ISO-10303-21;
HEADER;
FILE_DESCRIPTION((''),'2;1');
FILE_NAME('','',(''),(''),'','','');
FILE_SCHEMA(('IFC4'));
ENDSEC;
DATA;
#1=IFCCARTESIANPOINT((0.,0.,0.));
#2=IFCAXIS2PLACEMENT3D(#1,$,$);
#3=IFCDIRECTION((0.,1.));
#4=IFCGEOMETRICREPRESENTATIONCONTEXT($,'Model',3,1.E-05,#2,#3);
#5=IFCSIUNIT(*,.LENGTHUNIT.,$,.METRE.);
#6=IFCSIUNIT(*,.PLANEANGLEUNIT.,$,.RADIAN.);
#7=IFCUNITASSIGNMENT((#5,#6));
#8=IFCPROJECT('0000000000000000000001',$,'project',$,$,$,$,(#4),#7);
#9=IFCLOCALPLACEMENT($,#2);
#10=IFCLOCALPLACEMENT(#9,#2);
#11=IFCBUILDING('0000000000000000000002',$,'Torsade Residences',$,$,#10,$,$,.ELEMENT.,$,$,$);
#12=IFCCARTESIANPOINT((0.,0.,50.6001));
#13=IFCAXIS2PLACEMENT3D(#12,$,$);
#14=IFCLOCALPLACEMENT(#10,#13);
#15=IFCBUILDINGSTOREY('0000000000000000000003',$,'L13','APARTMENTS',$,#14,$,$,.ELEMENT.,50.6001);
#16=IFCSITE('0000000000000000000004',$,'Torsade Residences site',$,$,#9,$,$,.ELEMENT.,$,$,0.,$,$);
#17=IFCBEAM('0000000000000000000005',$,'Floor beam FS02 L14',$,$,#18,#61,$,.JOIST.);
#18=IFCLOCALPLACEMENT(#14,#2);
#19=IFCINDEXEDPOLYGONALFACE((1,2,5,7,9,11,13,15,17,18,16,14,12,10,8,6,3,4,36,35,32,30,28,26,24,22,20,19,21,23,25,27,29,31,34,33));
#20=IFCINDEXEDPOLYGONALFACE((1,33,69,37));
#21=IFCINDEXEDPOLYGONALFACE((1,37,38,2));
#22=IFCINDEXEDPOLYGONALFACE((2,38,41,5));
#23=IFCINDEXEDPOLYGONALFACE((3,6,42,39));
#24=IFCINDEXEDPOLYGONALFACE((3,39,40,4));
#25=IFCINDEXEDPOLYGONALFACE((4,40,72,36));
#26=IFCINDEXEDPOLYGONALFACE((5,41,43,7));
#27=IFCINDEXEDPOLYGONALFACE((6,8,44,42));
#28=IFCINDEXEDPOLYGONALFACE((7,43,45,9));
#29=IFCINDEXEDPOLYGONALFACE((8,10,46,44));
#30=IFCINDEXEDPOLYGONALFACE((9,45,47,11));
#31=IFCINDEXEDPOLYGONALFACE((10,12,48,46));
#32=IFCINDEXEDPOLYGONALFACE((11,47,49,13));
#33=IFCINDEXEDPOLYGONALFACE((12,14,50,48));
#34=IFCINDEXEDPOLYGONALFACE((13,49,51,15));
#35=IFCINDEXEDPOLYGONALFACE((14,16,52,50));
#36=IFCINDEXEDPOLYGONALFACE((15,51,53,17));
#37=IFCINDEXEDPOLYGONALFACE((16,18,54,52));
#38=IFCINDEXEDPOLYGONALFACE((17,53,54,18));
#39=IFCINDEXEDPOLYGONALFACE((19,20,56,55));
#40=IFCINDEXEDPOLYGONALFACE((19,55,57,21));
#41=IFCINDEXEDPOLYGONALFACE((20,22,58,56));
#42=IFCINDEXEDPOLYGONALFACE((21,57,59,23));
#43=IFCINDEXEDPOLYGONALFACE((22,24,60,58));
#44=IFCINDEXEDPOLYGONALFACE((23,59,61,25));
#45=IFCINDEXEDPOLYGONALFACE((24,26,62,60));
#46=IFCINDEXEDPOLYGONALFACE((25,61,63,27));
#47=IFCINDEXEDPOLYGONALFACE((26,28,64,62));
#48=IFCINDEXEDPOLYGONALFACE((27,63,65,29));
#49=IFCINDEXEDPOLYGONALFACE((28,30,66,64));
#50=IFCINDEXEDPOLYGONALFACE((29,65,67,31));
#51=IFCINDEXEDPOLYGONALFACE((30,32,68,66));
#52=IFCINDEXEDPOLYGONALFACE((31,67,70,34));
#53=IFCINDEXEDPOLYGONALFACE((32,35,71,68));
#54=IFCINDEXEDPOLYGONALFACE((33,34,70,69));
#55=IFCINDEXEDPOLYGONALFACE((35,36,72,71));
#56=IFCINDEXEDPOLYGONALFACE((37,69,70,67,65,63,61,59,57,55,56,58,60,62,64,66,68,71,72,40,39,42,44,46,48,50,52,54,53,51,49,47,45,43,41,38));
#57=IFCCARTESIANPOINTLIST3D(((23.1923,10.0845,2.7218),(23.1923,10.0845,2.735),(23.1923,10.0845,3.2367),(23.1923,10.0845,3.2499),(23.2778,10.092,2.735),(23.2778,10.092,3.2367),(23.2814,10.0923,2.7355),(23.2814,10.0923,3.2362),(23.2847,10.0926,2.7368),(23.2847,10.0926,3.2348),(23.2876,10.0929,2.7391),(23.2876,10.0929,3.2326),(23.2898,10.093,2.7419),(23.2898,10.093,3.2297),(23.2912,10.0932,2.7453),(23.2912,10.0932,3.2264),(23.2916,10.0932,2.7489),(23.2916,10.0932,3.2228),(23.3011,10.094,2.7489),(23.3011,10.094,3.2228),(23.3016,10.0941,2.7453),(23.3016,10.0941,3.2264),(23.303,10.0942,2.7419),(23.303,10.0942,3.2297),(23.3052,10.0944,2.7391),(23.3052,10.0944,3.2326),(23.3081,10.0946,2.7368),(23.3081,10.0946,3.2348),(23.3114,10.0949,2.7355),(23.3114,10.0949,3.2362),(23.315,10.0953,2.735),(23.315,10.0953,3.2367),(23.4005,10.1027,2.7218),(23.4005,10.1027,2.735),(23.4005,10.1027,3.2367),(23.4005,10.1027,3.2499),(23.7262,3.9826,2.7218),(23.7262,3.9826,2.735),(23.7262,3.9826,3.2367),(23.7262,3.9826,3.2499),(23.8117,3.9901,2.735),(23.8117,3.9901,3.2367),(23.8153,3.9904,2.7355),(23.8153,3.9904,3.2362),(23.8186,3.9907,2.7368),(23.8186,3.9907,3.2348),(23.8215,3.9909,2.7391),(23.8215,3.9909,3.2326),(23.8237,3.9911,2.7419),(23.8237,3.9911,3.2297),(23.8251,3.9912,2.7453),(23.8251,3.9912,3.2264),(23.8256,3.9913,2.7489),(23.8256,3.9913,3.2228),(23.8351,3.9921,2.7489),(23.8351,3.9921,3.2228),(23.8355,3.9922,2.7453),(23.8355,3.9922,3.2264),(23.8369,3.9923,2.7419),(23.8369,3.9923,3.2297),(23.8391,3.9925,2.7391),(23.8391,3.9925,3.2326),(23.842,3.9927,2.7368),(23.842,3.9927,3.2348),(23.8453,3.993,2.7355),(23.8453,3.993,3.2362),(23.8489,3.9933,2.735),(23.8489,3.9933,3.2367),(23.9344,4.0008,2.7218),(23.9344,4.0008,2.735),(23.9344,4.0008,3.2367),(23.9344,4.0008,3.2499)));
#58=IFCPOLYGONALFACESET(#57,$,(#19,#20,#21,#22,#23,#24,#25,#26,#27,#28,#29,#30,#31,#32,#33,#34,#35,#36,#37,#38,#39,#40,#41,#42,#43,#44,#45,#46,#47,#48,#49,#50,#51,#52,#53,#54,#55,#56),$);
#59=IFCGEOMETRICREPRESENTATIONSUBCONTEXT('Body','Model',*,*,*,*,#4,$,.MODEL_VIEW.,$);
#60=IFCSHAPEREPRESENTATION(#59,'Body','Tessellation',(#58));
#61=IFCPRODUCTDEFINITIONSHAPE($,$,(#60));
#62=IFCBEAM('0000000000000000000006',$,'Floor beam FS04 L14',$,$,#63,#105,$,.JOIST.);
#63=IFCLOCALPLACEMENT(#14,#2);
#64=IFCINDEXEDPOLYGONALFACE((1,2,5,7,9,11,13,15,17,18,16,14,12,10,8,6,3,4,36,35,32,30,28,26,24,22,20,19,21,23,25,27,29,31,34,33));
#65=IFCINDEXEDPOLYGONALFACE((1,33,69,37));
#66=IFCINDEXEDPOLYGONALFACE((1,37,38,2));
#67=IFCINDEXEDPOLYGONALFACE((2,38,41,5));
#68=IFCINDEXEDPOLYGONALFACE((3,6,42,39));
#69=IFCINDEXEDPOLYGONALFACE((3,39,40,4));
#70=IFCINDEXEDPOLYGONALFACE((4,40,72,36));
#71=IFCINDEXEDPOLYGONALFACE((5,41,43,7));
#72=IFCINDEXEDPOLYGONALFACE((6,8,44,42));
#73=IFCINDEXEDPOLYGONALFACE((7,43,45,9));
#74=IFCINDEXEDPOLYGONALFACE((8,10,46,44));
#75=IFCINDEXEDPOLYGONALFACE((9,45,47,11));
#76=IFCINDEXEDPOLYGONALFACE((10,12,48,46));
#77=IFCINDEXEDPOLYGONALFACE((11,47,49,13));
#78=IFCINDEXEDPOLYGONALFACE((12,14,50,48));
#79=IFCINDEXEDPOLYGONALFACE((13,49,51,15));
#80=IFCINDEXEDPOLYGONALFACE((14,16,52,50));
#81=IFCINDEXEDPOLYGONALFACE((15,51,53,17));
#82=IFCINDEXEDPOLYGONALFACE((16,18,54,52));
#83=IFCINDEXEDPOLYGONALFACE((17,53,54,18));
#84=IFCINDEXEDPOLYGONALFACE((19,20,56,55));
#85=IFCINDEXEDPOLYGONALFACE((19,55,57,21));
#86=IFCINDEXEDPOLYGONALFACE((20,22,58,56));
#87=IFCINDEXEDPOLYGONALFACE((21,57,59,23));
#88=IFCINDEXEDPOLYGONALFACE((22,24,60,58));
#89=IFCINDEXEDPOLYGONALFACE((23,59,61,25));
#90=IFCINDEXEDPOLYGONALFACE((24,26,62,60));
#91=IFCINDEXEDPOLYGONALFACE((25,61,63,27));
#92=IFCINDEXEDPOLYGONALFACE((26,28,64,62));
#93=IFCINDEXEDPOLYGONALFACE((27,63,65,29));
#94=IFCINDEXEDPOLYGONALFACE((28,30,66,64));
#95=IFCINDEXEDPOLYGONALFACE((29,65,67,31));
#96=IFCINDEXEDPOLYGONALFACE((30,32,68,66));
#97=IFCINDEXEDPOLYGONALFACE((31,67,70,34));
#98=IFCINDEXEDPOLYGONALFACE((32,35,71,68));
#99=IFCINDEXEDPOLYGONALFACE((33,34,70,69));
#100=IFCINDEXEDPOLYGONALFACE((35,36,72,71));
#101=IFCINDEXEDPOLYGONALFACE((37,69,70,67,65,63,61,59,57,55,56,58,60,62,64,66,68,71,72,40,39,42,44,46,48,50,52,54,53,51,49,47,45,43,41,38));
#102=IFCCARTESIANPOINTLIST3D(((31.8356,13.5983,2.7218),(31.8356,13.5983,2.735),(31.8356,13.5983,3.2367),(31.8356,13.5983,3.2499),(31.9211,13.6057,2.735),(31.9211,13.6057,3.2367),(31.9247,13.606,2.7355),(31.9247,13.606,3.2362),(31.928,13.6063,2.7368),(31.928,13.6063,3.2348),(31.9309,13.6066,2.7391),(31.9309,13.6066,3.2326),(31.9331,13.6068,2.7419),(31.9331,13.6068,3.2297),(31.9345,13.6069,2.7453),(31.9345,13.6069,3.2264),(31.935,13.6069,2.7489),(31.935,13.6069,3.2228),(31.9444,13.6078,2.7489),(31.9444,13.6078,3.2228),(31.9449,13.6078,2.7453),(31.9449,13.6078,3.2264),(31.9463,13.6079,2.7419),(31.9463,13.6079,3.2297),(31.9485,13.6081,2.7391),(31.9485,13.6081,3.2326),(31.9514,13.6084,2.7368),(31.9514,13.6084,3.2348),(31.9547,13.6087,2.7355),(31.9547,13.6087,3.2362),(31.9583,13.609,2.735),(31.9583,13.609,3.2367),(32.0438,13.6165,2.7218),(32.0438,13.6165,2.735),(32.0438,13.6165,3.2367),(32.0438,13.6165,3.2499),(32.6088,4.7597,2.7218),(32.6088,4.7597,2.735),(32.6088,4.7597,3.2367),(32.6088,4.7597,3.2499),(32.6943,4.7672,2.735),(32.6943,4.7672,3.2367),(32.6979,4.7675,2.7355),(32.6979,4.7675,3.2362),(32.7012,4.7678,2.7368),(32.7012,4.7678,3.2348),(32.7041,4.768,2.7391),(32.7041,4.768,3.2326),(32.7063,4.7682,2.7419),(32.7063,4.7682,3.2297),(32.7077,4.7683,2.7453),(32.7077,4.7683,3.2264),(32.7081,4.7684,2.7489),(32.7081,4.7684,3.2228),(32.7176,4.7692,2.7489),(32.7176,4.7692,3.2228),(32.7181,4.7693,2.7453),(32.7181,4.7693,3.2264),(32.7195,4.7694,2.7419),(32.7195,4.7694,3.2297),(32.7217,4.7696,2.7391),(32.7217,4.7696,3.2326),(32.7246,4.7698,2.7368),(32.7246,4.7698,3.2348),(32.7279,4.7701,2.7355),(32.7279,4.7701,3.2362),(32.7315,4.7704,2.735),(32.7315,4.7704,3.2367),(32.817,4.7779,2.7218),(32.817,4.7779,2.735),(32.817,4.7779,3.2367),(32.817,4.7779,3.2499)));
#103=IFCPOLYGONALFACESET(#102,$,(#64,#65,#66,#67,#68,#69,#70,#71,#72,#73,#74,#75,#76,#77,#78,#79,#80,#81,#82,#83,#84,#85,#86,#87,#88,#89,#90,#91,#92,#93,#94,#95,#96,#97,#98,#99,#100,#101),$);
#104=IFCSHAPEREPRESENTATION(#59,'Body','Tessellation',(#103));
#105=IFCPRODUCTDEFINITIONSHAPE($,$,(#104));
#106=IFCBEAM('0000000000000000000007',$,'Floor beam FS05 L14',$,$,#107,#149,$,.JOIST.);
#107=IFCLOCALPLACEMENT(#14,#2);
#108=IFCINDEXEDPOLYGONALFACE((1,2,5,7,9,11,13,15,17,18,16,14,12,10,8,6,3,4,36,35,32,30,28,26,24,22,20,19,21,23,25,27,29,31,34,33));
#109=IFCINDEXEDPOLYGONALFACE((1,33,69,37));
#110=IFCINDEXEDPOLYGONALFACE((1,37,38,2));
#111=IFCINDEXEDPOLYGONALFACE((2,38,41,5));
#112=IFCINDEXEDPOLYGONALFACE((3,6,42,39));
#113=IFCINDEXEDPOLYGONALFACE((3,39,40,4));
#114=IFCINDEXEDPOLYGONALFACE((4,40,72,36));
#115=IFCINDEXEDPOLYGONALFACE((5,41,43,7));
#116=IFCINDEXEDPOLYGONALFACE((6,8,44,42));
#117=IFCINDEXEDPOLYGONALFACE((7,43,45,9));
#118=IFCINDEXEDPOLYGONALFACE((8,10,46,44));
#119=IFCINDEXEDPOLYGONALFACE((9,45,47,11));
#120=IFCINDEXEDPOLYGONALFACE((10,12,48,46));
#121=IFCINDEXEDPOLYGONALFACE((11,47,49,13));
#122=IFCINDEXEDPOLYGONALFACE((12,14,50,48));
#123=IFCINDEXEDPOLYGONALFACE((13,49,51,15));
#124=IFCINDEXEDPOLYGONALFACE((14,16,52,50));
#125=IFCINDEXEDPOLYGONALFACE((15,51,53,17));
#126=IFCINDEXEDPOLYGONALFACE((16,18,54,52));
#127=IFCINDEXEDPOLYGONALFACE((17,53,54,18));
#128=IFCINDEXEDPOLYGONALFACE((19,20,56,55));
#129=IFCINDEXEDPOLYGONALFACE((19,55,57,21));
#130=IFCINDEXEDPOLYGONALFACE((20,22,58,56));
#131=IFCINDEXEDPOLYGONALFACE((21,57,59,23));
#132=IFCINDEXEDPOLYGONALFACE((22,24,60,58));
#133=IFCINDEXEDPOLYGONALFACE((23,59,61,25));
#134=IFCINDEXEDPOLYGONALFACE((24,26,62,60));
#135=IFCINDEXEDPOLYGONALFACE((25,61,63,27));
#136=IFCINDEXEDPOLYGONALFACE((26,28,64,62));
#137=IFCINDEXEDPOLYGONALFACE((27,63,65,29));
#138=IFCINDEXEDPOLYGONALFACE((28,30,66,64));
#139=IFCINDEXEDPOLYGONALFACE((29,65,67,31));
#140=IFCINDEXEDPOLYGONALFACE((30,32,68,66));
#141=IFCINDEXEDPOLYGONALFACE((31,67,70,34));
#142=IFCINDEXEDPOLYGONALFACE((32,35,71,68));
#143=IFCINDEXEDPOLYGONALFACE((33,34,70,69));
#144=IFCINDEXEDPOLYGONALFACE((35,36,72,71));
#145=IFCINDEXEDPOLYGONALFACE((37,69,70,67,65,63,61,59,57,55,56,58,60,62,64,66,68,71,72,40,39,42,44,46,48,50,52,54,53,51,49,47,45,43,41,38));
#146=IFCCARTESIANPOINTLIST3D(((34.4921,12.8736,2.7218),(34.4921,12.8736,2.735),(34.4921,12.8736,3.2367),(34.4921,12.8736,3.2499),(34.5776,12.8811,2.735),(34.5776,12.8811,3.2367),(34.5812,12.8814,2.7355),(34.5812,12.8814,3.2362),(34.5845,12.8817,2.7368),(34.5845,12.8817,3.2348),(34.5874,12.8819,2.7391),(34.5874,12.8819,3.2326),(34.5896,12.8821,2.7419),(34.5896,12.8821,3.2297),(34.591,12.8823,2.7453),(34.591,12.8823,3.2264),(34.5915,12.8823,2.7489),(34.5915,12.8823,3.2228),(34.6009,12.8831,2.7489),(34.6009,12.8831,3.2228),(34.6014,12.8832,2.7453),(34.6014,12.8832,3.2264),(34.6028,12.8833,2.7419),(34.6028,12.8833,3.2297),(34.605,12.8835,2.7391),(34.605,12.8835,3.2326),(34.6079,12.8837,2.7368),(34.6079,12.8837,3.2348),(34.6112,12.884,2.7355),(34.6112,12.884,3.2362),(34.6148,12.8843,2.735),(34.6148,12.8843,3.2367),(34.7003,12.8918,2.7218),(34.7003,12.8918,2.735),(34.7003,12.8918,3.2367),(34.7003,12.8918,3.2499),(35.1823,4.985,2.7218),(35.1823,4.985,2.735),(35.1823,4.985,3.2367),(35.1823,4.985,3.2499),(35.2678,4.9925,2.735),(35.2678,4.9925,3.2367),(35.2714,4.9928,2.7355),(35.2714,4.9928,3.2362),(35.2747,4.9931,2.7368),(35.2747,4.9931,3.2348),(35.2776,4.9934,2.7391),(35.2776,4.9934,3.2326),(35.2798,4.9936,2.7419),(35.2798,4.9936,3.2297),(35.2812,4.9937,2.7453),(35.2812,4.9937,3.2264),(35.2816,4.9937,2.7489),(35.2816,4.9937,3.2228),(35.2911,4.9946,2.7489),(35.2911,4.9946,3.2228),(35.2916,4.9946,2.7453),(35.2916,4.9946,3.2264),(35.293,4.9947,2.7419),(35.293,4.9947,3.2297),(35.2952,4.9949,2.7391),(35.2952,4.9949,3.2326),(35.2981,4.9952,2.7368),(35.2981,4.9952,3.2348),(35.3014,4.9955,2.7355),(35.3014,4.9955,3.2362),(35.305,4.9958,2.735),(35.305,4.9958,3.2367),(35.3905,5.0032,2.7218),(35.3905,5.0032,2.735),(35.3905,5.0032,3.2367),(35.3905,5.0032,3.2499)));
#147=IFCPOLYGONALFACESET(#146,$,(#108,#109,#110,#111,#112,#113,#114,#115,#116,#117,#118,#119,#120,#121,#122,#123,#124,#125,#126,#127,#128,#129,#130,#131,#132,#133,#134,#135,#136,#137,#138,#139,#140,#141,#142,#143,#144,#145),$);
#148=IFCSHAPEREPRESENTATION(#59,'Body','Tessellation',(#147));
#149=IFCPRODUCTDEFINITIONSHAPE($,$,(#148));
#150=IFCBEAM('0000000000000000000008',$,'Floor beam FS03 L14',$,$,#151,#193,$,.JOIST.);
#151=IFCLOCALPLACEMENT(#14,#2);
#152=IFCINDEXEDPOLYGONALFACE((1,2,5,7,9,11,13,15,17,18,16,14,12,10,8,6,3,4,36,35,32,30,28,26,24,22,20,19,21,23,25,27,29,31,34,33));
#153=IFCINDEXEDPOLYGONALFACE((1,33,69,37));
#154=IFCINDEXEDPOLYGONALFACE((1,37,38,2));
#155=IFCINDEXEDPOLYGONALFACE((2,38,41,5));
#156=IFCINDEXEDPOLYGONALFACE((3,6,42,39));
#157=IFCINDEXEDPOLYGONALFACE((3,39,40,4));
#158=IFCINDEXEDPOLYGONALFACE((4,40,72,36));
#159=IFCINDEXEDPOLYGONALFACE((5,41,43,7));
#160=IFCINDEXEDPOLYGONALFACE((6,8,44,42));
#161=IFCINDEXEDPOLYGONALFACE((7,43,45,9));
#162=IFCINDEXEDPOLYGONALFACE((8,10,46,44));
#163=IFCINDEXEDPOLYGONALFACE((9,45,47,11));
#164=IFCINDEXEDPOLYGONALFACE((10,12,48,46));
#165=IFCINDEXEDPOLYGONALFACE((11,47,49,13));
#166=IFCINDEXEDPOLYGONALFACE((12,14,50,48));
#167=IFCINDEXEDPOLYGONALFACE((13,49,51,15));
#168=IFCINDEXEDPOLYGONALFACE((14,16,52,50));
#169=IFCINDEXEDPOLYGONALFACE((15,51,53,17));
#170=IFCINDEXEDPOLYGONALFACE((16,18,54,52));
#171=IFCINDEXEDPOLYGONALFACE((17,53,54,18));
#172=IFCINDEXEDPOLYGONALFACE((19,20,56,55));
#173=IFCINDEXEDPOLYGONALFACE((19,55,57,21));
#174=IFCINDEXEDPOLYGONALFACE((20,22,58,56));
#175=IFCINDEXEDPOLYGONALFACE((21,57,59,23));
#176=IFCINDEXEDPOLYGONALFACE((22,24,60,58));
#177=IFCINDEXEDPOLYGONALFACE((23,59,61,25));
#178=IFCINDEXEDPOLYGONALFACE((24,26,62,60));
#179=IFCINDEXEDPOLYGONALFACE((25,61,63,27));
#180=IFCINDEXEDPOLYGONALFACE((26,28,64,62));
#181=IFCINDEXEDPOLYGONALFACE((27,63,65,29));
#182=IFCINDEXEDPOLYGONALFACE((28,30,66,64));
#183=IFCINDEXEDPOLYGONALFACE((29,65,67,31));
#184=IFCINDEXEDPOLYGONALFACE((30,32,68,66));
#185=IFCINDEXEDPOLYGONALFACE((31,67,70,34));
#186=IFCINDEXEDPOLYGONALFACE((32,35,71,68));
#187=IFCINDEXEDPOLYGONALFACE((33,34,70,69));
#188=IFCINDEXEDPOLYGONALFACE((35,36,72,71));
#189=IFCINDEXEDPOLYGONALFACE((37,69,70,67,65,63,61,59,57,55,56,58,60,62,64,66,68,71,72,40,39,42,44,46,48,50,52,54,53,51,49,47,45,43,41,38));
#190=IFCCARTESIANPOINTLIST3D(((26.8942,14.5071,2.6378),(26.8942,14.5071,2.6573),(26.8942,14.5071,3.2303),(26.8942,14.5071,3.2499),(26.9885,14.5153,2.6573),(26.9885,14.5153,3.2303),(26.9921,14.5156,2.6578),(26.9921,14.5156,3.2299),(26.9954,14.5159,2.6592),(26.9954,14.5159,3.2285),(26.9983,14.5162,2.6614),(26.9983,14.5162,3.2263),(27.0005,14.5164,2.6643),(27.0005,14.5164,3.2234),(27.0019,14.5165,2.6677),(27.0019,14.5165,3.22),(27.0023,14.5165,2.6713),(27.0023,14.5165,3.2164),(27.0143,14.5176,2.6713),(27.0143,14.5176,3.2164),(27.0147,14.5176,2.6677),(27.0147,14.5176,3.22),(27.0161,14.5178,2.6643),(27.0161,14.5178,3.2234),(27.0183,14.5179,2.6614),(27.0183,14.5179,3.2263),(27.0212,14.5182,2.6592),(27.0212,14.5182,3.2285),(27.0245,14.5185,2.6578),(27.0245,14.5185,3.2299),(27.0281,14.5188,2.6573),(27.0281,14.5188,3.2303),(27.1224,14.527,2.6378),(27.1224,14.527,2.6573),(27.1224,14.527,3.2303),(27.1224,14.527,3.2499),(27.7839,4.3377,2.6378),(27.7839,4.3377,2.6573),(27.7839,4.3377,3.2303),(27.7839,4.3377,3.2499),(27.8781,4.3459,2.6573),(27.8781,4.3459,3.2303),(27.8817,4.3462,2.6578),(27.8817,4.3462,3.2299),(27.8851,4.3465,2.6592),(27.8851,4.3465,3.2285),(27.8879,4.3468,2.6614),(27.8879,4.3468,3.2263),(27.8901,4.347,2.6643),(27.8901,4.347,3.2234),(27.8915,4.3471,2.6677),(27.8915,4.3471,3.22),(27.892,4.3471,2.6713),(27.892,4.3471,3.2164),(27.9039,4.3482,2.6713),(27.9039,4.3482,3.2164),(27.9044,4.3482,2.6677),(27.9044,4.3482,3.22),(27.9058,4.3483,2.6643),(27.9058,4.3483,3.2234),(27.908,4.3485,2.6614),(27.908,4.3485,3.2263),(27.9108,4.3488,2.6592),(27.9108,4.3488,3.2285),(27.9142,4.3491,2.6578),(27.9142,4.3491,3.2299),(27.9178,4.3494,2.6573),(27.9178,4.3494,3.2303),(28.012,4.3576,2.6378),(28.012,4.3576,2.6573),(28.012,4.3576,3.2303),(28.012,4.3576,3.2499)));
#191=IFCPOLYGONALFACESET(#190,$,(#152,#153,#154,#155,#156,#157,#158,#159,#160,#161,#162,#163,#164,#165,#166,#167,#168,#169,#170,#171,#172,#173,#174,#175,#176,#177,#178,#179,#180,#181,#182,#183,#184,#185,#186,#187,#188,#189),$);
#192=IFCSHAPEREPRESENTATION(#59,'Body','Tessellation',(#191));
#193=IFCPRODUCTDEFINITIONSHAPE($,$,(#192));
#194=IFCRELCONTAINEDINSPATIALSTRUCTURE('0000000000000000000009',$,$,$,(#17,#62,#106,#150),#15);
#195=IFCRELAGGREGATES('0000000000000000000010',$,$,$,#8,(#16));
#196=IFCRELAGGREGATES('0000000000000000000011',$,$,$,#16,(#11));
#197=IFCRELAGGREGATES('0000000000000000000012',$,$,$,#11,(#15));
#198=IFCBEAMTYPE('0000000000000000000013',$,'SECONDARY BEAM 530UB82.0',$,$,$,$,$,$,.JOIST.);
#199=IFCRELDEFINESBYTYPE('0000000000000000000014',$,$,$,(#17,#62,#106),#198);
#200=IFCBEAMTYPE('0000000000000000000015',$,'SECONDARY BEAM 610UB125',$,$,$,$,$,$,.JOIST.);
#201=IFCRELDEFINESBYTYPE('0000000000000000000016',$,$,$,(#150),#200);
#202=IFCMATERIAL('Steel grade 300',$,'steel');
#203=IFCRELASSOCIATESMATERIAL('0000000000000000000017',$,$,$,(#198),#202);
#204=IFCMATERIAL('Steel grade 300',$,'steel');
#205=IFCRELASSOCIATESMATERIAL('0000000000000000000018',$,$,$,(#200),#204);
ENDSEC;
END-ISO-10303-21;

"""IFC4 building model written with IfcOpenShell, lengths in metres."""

from ifc_helpers import new_model, si_unit, direction, frame, origin, origin_2d, place, context, subcontext, project, spatial, i_section, extrude, material, material_profile, profile_set, type_object, element, save


model = new_model("IFC4")

# Units and contexts
model_context = context("Model", 3, precision=1e-05, world=origin(), true_north=direction((0.0, 1.0)))
body_context = subcontext(model_context, "Body", "Model", "MODEL_VIEW")
ifc_project = project(units=[si_unit("LENGTHUNIT", "METRE"), si_unit("PLANEANGLEUNIT", "RADIAN")], contexts=[model_context])

# Site, building, storey
site_placement = place(None, origin())
site = spatial("IfcSite", under=ifc_project, at=site_placement, Name="Torsade Residences site", CompositionType="ELEMENT", RefElevation=0.0)
building_placement = place(site_placement, origin())
building = spatial("IfcBuilding", under=site, at=building_placement, Name="Torsade Residences", CompositionType="ELEMENT")
storey_placement = place(building_placement, frame((0.0, 0.0, 50.6001)))
storey = spatial("IfcBuildingStorey", under=building, at=storey_placement, Name="L13", Description="APARTMENTS", CompositionType="ELEMENT", Elevation=50.6001)

# Beams
ifc_material_1 = material(Name="Steel grade 300", Category="steel")
ifc_material_profile_1 = material_profile(ifc_material_1, i_section(OverallWidth=0.209, OverallDepth=0.5281, WebThickness=0.0095, FlangeThickness=0.0132, FilletRadius=0.0139, at=origin_2d()), Name="530UB82.0")
ifc_profile_set_1 = profile_set([ifc_material_profile_1], Name="Steel grade 300")
beam_type_1 = type_object("IfcBeamType", Name="SECONDARY BEAM 530UB82.0", PredefinedType="JOIST", material=ifc_profile_set_1)
beam_1_placement = place(storey_placement, frame((23.8303, 3.9917, 2.9858), z_axis=(-0.087171, 0.996193, 0.0), x_axis=(-0.996193, -0.087171, 0.0)))
element("IfcBeam", 1, at=beam_1_placement, inside=storey, type_object=beam_type_1, Name="Floor beam FS02 L14", PredefinedType="JOIST", context=body_context, shape_type="SweptSolid", body=[
    extrude(i_section(OverallWidth=0.209, OverallDepth=0.5281, WebThickness=0.0095, FlangeThickness=0.0132, FilletRadius=0.0139, at=origin_2d()), origin(), (0.0, 0.0, 1.0), 6.1252),
])
beam_2_placement = place(storey_placement, frame((32.7129, 4.7688, 2.9858), z_axis=(-0.087146, 0.996196, 0.0), x_axis=(-0.996196, -0.087146, 0.0)))
element("IfcBeam", 2, at=beam_2_placement, inside=storey, type_object=beam_type_1, Name="Floor beam FS04 L14", PredefinedType="JOIST", context=body_context, shape_type="SweptSolid", body=[
    extrude(i_section(OverallWidth=0.209, OverallDepth=0.5281, WebThickness=0.0095, FlangeThickness=0.0132, FilletRadius=0.0139, at=origin_2d()), origin(), (0.0, 0.0, 1.0), 8.8723),
])
beam_3_placement = place(storey_placement, frame((35.2864, 4.9941, 2.9858), z_axis=(-0.087158, 0.996195, 0.0), x_axis=(-0.996195, -0.087158, 0.0)))
element("IfcBeam", 3, at=beam_3_placement, inside=storey, type_object=beam_type_1, Name="Floor beam FS05 L14", PredefinedType="JOIST", context=body_context, shape_type="SweptSolid", body=[
    extrude(i_section(OverallWidth=0.209, OverallDepth=0.5281, WebThickness=0.0095, FlangeThickness=0.0132, FilletRadius=0.0139, at=origin_2d()), origin(), (0.0, 0.0, 1.0), 7.9187),
])
ifc_material_2 = material(Name="Steel grade 300", Category="steel")
ifc_material_profile_2 = material_profile(ifc_material_2, i_section(OverallWidth=0.229, OverallDepth=0.6121, WebThickness=0.012, FlangeThickness=0.0195, FilletRadius=0.0139, at=origin_2d()), Name="610UB125")
ifc_profile_set_2 = profile_set([ifc_material_profile_2], Name="Steel grade 300")
beam_type_2 = type_object("IfcBeamType", Name="SECONDARY BEAM 610UB125", PredefinedType="JOIST", material=ifc_profile_set_2)
beam_4_placement = place(storey_placement, frame((27.8979, 4.3477, 2.9438), z_axis=(-0.08715, 0.996195, 0.0), x_axis=(-0.996195, -0.08715, 0.0)))
element("IfcBeam", 4, at=beam_4_placement, inside=storey, type_object=beam_type_2, Name="Floor beam FS03 L14", PredefinedType="JOIST", context=body_context, shape_type="SweptSolid", body=[
    extrude(i_section(OverallWidth=0.229, OverallDepth=0.6121, WebThickness=0.012, FlangeThickness=0.0195, FilletRadius=0.0139, at=origin_2d()), origin(), (0.0, 0.0, 1.0), 10.2083),
])

save(model, "model.ifc")
